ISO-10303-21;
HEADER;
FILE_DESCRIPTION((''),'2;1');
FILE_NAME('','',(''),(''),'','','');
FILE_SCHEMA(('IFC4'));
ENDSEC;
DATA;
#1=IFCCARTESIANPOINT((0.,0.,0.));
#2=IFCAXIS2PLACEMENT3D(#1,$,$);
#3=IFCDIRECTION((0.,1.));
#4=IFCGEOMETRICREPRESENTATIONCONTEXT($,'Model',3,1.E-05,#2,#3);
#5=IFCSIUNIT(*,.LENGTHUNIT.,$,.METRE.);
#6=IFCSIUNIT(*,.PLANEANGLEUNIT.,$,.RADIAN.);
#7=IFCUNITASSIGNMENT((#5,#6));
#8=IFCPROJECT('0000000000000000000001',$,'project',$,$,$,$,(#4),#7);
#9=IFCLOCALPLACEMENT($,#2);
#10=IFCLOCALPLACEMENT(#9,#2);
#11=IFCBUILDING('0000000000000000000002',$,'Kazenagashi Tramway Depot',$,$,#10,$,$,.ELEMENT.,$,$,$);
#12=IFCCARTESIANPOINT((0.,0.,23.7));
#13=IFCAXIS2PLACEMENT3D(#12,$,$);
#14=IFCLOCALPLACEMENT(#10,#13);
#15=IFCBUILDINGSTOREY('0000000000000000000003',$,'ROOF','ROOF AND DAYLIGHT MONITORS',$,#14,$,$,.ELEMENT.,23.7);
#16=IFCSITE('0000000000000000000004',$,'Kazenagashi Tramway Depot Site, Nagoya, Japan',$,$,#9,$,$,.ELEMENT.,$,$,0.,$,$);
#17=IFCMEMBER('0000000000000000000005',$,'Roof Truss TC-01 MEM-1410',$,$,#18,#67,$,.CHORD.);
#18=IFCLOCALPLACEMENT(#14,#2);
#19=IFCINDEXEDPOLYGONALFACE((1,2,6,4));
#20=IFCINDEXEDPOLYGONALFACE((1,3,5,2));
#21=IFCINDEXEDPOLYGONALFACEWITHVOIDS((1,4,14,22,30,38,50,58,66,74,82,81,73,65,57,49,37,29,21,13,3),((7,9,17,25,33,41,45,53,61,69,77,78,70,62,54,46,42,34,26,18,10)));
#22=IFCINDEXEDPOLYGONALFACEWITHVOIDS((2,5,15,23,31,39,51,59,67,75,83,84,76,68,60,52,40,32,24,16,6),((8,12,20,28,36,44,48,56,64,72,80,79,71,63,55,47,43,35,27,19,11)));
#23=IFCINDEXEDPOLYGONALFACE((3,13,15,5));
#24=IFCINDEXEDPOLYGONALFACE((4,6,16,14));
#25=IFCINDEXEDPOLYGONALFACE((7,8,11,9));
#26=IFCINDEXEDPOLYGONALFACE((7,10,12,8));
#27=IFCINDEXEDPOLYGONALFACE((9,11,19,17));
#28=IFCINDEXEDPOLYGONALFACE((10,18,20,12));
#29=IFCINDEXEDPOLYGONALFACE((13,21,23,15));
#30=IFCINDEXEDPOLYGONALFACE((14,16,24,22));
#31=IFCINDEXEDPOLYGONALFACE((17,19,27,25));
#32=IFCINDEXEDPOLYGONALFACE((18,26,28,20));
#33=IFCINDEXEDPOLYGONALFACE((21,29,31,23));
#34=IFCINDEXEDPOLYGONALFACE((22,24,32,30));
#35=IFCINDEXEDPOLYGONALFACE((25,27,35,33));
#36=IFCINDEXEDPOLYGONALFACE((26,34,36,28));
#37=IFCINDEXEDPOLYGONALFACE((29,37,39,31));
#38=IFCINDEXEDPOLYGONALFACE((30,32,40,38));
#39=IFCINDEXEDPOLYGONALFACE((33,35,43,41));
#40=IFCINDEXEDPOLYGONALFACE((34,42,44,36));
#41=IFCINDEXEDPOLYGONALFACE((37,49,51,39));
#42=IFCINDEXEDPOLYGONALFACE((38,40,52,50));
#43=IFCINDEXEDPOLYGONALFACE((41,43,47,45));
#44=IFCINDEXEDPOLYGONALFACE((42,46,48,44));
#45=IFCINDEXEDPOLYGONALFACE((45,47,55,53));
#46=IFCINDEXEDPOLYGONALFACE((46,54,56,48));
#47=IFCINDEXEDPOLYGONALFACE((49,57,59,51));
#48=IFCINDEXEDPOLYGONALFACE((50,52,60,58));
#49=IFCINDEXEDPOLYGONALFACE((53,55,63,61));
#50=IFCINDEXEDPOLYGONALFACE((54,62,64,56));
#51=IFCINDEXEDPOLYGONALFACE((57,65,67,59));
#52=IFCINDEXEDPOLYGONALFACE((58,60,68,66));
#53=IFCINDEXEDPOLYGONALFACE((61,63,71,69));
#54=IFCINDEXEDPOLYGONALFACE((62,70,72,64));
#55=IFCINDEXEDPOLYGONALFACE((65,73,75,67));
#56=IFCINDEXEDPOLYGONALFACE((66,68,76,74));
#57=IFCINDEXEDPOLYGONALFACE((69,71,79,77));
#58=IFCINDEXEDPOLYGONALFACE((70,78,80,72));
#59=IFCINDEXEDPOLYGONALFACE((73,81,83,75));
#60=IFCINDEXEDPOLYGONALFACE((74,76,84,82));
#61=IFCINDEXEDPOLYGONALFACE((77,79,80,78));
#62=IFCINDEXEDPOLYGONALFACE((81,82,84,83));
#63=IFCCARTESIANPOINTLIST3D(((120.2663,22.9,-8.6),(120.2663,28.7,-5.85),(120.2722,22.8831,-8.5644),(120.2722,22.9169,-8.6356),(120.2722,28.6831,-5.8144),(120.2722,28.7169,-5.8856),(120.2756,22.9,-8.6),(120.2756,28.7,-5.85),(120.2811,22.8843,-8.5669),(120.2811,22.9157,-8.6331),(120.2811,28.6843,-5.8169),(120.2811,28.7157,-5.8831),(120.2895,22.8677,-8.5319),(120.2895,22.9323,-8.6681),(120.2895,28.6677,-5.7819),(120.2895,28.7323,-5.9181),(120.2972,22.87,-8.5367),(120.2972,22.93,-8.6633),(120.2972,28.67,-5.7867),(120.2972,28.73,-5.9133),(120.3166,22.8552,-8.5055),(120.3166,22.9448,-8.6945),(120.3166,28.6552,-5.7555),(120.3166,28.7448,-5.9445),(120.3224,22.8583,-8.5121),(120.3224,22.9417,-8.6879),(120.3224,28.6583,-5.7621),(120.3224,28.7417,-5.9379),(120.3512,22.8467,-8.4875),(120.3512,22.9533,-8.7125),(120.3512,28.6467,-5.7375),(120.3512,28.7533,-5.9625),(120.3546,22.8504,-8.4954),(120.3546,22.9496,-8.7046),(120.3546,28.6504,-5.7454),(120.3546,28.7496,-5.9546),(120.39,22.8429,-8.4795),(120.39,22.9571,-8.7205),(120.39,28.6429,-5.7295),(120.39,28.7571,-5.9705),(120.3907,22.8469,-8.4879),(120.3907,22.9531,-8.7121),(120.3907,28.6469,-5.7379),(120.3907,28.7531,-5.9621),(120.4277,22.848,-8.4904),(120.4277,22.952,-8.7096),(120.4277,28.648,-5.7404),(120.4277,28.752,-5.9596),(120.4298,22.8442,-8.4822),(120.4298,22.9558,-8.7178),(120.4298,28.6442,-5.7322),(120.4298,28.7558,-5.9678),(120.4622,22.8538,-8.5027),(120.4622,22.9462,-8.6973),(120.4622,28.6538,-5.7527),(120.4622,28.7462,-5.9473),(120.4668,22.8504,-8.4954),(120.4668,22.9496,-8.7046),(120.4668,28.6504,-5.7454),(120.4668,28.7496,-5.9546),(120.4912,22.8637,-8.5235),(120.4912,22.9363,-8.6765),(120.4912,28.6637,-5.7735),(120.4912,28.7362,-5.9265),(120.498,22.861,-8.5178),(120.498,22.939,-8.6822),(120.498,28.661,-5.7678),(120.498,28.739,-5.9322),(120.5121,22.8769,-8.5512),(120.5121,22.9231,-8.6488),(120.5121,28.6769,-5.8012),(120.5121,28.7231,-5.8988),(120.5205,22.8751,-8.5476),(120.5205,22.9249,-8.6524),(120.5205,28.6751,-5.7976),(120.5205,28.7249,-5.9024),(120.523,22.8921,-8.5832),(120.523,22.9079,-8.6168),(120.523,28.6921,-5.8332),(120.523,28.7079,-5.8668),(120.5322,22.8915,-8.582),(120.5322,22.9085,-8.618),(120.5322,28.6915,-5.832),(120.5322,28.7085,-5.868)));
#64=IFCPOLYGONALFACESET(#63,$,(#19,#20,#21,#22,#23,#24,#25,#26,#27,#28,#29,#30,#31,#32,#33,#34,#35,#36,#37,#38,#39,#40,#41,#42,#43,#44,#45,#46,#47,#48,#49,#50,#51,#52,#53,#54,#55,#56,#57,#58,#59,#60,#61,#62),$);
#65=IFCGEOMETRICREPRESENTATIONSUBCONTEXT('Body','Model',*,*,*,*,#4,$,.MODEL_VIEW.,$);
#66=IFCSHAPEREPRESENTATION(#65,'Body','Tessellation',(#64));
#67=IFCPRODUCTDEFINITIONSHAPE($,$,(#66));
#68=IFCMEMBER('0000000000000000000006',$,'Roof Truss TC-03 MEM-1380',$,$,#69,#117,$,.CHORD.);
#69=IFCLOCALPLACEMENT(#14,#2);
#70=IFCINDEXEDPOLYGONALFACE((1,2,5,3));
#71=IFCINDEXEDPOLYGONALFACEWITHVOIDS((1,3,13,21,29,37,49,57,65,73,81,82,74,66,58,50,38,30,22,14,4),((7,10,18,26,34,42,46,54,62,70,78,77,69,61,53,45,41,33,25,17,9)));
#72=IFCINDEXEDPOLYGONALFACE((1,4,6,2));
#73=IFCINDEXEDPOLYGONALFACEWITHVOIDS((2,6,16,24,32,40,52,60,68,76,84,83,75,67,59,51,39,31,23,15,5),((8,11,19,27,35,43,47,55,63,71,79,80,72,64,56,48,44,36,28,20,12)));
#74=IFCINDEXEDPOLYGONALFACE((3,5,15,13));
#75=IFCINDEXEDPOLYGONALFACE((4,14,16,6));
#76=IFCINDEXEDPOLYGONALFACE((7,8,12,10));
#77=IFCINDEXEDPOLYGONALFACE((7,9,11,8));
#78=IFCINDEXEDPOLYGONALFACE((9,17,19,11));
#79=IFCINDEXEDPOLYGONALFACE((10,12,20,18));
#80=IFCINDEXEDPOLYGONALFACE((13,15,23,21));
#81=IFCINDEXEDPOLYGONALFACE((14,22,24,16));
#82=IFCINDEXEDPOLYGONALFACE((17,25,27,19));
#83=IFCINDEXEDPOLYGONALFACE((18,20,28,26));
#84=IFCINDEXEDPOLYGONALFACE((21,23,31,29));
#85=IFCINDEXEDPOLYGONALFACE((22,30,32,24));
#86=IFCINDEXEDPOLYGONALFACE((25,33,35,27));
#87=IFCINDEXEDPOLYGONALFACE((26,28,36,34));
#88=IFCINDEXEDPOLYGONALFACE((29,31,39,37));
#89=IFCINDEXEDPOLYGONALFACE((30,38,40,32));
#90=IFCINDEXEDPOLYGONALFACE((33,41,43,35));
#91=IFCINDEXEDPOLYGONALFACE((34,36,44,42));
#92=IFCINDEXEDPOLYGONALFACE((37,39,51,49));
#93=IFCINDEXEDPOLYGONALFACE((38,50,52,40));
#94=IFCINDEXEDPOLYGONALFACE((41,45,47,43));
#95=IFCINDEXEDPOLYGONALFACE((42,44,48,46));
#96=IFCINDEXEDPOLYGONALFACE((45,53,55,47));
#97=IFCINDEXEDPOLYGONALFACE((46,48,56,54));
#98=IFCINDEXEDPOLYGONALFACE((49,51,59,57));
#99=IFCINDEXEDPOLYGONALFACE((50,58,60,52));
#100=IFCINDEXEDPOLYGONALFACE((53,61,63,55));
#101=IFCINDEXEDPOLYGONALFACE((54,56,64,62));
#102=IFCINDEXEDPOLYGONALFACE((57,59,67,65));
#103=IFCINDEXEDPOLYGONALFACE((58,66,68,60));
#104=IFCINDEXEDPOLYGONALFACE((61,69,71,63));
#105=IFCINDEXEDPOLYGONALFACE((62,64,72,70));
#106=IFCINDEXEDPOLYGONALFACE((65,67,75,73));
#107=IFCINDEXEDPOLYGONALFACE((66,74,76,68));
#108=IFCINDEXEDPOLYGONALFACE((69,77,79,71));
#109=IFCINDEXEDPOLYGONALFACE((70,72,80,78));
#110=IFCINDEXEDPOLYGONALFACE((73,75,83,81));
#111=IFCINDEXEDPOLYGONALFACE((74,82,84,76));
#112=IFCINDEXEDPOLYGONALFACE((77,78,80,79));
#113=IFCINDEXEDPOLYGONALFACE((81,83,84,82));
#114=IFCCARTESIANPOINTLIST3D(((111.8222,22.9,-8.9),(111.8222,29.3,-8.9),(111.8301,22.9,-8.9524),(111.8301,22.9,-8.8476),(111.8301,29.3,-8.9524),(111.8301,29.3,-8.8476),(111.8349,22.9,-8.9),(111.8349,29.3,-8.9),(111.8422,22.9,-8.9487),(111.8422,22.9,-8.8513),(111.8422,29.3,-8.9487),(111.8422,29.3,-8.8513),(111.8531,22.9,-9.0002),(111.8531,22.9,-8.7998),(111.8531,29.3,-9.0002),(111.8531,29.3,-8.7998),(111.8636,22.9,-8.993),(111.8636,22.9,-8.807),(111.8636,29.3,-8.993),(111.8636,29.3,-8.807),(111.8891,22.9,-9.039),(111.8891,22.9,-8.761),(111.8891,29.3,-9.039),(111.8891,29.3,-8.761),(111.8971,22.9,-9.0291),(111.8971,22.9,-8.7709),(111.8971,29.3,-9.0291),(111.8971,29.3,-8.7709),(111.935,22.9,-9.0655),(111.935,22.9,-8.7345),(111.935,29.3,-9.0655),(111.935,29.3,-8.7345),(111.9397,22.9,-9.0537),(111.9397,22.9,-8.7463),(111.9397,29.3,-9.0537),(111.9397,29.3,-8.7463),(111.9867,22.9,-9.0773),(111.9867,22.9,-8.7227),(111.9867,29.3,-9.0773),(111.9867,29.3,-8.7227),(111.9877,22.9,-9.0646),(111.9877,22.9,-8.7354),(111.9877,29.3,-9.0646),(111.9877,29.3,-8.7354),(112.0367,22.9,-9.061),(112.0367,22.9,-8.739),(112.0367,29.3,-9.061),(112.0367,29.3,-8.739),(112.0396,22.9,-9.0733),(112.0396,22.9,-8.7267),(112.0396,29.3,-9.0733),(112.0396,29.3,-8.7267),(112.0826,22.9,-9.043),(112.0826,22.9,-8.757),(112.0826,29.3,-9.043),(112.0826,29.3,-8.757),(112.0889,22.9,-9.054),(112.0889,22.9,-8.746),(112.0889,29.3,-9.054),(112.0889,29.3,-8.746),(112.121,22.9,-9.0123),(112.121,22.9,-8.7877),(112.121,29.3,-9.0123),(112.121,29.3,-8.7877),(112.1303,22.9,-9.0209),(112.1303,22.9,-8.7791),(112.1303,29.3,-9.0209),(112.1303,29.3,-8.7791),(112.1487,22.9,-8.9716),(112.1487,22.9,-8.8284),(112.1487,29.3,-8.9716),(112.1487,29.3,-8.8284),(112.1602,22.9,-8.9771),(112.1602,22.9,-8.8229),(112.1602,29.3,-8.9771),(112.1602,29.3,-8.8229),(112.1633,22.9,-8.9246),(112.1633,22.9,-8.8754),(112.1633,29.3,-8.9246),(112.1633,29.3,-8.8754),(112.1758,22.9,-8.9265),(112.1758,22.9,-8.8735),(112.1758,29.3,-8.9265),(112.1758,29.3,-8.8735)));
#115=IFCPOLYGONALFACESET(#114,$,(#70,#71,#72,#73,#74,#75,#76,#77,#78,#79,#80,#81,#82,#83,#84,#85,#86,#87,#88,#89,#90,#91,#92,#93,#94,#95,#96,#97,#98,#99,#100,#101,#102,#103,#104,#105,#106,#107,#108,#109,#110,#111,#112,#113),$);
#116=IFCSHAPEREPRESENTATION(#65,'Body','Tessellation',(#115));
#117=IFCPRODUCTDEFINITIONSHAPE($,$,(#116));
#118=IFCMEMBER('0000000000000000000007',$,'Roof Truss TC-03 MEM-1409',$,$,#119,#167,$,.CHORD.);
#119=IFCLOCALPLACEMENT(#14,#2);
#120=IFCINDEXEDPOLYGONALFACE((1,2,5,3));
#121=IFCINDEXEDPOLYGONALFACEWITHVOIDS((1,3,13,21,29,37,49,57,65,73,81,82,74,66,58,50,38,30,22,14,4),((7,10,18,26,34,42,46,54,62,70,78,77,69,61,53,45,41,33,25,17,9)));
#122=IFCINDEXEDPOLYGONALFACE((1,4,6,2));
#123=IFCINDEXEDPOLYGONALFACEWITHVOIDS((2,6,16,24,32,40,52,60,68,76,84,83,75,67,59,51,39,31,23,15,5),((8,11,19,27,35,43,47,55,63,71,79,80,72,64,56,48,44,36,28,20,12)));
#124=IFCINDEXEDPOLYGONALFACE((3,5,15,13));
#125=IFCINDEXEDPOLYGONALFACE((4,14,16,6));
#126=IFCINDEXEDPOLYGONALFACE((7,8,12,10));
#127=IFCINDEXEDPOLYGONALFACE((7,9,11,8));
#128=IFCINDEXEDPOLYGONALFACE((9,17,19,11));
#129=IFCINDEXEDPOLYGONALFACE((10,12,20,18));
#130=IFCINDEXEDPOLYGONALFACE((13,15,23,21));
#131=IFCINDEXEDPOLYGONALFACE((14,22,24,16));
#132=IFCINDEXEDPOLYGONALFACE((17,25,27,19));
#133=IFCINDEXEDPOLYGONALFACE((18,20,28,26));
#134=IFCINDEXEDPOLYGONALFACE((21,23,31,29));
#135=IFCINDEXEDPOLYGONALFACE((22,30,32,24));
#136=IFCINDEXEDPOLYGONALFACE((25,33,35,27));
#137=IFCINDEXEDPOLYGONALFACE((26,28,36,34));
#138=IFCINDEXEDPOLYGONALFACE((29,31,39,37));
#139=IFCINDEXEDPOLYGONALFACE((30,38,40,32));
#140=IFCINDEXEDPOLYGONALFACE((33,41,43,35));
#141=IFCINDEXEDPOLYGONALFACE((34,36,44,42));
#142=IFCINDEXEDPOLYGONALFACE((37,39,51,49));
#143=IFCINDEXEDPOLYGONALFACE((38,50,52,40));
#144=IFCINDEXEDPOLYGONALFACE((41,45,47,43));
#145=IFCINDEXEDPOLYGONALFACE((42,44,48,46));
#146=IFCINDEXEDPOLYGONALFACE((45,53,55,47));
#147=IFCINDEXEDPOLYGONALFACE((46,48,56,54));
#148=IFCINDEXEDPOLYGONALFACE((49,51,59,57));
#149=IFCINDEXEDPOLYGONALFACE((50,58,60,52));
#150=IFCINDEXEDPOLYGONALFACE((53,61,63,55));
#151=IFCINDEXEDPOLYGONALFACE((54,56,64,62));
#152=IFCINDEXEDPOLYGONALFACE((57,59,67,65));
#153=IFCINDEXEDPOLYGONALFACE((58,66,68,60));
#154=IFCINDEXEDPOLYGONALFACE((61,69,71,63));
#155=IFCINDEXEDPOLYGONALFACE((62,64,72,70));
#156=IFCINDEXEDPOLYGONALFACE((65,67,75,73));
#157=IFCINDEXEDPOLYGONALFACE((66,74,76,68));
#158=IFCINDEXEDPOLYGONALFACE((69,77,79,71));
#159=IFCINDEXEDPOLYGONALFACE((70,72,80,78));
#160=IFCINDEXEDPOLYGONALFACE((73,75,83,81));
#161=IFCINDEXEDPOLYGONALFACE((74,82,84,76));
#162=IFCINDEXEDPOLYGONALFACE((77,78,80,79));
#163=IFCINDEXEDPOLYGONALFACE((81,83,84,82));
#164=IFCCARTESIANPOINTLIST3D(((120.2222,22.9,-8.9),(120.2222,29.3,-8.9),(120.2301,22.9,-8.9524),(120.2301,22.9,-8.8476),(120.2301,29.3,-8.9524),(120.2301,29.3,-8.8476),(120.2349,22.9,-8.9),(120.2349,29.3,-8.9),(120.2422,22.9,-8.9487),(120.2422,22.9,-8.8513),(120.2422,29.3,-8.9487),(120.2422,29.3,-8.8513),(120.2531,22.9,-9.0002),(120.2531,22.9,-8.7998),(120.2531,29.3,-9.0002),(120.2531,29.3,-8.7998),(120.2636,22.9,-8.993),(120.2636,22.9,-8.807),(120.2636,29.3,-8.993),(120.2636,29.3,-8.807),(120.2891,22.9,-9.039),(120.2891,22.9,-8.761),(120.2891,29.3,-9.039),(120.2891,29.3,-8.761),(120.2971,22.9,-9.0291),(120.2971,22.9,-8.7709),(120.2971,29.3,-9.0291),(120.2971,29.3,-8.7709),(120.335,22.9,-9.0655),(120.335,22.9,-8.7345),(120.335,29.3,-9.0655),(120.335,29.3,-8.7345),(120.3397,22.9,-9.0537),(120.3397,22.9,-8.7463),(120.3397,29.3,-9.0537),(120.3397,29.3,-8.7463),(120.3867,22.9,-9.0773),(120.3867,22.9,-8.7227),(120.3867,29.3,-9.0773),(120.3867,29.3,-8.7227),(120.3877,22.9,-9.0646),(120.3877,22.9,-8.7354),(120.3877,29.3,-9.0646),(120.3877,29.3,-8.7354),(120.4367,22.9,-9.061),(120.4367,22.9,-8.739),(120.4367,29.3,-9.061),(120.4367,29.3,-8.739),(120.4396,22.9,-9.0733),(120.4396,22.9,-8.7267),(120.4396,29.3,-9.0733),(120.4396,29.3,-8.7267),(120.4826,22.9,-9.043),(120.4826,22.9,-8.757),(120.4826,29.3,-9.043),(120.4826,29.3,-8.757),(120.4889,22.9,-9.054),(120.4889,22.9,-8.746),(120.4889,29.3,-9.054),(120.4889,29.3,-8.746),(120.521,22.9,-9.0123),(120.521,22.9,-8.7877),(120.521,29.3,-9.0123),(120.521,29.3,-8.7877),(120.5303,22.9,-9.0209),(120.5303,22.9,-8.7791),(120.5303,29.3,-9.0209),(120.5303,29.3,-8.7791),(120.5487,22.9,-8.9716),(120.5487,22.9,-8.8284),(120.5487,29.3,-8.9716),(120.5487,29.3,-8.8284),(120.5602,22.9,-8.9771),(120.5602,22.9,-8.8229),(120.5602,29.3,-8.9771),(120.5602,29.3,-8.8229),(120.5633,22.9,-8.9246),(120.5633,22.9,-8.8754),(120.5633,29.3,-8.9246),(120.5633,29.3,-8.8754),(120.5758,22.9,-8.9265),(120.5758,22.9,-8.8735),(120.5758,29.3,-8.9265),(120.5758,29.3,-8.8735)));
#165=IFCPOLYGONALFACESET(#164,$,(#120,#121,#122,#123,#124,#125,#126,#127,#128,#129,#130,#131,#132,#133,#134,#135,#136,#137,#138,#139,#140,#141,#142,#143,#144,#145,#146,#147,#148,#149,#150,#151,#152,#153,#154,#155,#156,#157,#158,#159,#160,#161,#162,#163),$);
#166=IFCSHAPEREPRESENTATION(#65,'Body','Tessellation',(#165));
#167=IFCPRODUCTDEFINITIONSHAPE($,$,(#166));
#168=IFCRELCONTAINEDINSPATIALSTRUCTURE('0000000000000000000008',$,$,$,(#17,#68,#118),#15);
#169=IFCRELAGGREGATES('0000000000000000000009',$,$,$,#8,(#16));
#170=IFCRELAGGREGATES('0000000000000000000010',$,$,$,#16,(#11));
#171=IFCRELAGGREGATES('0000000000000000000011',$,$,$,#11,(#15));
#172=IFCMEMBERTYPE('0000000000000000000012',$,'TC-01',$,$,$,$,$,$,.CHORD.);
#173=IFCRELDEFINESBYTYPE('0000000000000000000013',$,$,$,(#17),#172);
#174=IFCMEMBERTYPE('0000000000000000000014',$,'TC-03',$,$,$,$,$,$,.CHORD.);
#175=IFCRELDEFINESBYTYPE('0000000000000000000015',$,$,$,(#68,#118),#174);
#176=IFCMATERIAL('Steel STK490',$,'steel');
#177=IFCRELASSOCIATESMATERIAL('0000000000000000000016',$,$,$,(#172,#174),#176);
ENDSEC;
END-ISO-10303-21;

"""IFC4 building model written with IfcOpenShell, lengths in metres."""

from ifc_helpers import new_model, si_unit, direction, frame, origin, origin_2d, place, context, subcontext, project, spatial, hollow_circle, extrude, material, material_profile, profile_set, type_object, element, save


model = new_model("IFC4")

# Units and contexts
model_context = context("Model", 3, precision=1e-05, world=origin(), true_north=direction((0.0, 1.0)))
body_context = subcontext(model_context, "Body", "Model", "MODEL_VIEW")
ifc_project = project(units=[si_unit("LENGTHUNIT", "METRE"), si_unit("PLANEANGLEUNIT", "RADIAN")], contexts=[model_context])

# Site, building, storey
site_placement = place(None, origin())
site = spatial("IfcSite", under=ifc_project, at=site_placement, Name="Kazenagashi Tramway Depot Site, Nagoya, Japan", CompositionType="ELEMENT", RefElevation=0.0)
building_placement = place(site_placement, origin())
building = spatial("IfcBuilding", under=site, at=building_placement, Name="Kazenagashi Tramway Depot", CompositionType="ELEMENT")
storey_placement = place(building_placement, frame((0.0, 0.0, 23.7)))
storey = spatial("IfcBuildingStorey", under=building, at=storey_placement, Name="ROOF", Description="ROOF AND DAYLIGHT MONITORS", CompositionType="ELEMENT", Elevation=23.7)

# Members
ifc_material_1 = material(Name="Steel STK490", Category="steel")
ifc_material_profile_1 = material_profile(ifc_material_1, hollow_circle(Radius=0.1337, WallThickness=0.0093, at=origin_2d()), Name="CHS-267.4x9.3")
ifc_profile_set_1 = profile_set([ifc_material_profile_1], Name="Steel STK490")
member_type_1 = type_object("IfcMemberType", Name="TC-01", PredefinedType="CHORD", material=ifc_profile_set_1)
for number, where, z_axis, x_axis, name in (
    (1, (120.4, 22.9, -8.6), (0.0, 0.903579, 0.428421), (-1.0, 0.0, 0.0), "Roof Truss TC-01 MEM-1410"),
):
    element("IfcMember", number, at=place(storey_placement, frame(where, z_axis=z_axis, x_axis=x_axis)), inside=storey, type_object=member_type_1, Name=name, PredefinedType="CHORD", context=body_context, shape_type="SweptSolid", body=[
        extrude(hollow_circle(Radius=0.1337, WallThickness=0.0093, at=origin_2d()), origin(), (0.0, 0.0, 1.0), 6.4189),
    ])
ifc_material_profile_2 = material_profile(ifc_material_1, hollow_circle(Radius=0.1778, WallThickness=0.0127, at=origin_2d()), Name="CHS-355.6x12.7")
ifc_profile_set_2 = profile_set([ifc_material_profile_2], Name="Steel STK490")
member_type_2 = type_object("IfcMemberType", Name="TC-03", PredefinedType="CHORD", material=ifc_profile_set_2)
for number, where, z_axis, x_axis, name in (
    (2, (112.0, 22.9, -8.9), (0.0, 1.0, 0.0), (-1.0, 0.0, 0.0), "Roof Truss TC-03 MEM-1380"),
    (3, (120.4, 22.9, -8.9), (0.0, 1.0, 0.0), (-1.0, 0.0, 0.0), "Roof Truss TC-03 MEM-1409"),
):
    element("IfcMember", number, at=place(storey_placement, frame(where, z_axis=z_axis, x_axis=x_axis)), inside=storey, type_object=member_type_2, Name=name, PredefinedType="CHORD", context=body_context, shape_type="SweptSolid", body=[
        extrude(hollow_circle(Radius=0.1778, WallThickness=0.0127, at=origin_2d()), origin(), (0.0, 0.0, 1.0), 6.4),
    ])

save(model, "model.ifc")
